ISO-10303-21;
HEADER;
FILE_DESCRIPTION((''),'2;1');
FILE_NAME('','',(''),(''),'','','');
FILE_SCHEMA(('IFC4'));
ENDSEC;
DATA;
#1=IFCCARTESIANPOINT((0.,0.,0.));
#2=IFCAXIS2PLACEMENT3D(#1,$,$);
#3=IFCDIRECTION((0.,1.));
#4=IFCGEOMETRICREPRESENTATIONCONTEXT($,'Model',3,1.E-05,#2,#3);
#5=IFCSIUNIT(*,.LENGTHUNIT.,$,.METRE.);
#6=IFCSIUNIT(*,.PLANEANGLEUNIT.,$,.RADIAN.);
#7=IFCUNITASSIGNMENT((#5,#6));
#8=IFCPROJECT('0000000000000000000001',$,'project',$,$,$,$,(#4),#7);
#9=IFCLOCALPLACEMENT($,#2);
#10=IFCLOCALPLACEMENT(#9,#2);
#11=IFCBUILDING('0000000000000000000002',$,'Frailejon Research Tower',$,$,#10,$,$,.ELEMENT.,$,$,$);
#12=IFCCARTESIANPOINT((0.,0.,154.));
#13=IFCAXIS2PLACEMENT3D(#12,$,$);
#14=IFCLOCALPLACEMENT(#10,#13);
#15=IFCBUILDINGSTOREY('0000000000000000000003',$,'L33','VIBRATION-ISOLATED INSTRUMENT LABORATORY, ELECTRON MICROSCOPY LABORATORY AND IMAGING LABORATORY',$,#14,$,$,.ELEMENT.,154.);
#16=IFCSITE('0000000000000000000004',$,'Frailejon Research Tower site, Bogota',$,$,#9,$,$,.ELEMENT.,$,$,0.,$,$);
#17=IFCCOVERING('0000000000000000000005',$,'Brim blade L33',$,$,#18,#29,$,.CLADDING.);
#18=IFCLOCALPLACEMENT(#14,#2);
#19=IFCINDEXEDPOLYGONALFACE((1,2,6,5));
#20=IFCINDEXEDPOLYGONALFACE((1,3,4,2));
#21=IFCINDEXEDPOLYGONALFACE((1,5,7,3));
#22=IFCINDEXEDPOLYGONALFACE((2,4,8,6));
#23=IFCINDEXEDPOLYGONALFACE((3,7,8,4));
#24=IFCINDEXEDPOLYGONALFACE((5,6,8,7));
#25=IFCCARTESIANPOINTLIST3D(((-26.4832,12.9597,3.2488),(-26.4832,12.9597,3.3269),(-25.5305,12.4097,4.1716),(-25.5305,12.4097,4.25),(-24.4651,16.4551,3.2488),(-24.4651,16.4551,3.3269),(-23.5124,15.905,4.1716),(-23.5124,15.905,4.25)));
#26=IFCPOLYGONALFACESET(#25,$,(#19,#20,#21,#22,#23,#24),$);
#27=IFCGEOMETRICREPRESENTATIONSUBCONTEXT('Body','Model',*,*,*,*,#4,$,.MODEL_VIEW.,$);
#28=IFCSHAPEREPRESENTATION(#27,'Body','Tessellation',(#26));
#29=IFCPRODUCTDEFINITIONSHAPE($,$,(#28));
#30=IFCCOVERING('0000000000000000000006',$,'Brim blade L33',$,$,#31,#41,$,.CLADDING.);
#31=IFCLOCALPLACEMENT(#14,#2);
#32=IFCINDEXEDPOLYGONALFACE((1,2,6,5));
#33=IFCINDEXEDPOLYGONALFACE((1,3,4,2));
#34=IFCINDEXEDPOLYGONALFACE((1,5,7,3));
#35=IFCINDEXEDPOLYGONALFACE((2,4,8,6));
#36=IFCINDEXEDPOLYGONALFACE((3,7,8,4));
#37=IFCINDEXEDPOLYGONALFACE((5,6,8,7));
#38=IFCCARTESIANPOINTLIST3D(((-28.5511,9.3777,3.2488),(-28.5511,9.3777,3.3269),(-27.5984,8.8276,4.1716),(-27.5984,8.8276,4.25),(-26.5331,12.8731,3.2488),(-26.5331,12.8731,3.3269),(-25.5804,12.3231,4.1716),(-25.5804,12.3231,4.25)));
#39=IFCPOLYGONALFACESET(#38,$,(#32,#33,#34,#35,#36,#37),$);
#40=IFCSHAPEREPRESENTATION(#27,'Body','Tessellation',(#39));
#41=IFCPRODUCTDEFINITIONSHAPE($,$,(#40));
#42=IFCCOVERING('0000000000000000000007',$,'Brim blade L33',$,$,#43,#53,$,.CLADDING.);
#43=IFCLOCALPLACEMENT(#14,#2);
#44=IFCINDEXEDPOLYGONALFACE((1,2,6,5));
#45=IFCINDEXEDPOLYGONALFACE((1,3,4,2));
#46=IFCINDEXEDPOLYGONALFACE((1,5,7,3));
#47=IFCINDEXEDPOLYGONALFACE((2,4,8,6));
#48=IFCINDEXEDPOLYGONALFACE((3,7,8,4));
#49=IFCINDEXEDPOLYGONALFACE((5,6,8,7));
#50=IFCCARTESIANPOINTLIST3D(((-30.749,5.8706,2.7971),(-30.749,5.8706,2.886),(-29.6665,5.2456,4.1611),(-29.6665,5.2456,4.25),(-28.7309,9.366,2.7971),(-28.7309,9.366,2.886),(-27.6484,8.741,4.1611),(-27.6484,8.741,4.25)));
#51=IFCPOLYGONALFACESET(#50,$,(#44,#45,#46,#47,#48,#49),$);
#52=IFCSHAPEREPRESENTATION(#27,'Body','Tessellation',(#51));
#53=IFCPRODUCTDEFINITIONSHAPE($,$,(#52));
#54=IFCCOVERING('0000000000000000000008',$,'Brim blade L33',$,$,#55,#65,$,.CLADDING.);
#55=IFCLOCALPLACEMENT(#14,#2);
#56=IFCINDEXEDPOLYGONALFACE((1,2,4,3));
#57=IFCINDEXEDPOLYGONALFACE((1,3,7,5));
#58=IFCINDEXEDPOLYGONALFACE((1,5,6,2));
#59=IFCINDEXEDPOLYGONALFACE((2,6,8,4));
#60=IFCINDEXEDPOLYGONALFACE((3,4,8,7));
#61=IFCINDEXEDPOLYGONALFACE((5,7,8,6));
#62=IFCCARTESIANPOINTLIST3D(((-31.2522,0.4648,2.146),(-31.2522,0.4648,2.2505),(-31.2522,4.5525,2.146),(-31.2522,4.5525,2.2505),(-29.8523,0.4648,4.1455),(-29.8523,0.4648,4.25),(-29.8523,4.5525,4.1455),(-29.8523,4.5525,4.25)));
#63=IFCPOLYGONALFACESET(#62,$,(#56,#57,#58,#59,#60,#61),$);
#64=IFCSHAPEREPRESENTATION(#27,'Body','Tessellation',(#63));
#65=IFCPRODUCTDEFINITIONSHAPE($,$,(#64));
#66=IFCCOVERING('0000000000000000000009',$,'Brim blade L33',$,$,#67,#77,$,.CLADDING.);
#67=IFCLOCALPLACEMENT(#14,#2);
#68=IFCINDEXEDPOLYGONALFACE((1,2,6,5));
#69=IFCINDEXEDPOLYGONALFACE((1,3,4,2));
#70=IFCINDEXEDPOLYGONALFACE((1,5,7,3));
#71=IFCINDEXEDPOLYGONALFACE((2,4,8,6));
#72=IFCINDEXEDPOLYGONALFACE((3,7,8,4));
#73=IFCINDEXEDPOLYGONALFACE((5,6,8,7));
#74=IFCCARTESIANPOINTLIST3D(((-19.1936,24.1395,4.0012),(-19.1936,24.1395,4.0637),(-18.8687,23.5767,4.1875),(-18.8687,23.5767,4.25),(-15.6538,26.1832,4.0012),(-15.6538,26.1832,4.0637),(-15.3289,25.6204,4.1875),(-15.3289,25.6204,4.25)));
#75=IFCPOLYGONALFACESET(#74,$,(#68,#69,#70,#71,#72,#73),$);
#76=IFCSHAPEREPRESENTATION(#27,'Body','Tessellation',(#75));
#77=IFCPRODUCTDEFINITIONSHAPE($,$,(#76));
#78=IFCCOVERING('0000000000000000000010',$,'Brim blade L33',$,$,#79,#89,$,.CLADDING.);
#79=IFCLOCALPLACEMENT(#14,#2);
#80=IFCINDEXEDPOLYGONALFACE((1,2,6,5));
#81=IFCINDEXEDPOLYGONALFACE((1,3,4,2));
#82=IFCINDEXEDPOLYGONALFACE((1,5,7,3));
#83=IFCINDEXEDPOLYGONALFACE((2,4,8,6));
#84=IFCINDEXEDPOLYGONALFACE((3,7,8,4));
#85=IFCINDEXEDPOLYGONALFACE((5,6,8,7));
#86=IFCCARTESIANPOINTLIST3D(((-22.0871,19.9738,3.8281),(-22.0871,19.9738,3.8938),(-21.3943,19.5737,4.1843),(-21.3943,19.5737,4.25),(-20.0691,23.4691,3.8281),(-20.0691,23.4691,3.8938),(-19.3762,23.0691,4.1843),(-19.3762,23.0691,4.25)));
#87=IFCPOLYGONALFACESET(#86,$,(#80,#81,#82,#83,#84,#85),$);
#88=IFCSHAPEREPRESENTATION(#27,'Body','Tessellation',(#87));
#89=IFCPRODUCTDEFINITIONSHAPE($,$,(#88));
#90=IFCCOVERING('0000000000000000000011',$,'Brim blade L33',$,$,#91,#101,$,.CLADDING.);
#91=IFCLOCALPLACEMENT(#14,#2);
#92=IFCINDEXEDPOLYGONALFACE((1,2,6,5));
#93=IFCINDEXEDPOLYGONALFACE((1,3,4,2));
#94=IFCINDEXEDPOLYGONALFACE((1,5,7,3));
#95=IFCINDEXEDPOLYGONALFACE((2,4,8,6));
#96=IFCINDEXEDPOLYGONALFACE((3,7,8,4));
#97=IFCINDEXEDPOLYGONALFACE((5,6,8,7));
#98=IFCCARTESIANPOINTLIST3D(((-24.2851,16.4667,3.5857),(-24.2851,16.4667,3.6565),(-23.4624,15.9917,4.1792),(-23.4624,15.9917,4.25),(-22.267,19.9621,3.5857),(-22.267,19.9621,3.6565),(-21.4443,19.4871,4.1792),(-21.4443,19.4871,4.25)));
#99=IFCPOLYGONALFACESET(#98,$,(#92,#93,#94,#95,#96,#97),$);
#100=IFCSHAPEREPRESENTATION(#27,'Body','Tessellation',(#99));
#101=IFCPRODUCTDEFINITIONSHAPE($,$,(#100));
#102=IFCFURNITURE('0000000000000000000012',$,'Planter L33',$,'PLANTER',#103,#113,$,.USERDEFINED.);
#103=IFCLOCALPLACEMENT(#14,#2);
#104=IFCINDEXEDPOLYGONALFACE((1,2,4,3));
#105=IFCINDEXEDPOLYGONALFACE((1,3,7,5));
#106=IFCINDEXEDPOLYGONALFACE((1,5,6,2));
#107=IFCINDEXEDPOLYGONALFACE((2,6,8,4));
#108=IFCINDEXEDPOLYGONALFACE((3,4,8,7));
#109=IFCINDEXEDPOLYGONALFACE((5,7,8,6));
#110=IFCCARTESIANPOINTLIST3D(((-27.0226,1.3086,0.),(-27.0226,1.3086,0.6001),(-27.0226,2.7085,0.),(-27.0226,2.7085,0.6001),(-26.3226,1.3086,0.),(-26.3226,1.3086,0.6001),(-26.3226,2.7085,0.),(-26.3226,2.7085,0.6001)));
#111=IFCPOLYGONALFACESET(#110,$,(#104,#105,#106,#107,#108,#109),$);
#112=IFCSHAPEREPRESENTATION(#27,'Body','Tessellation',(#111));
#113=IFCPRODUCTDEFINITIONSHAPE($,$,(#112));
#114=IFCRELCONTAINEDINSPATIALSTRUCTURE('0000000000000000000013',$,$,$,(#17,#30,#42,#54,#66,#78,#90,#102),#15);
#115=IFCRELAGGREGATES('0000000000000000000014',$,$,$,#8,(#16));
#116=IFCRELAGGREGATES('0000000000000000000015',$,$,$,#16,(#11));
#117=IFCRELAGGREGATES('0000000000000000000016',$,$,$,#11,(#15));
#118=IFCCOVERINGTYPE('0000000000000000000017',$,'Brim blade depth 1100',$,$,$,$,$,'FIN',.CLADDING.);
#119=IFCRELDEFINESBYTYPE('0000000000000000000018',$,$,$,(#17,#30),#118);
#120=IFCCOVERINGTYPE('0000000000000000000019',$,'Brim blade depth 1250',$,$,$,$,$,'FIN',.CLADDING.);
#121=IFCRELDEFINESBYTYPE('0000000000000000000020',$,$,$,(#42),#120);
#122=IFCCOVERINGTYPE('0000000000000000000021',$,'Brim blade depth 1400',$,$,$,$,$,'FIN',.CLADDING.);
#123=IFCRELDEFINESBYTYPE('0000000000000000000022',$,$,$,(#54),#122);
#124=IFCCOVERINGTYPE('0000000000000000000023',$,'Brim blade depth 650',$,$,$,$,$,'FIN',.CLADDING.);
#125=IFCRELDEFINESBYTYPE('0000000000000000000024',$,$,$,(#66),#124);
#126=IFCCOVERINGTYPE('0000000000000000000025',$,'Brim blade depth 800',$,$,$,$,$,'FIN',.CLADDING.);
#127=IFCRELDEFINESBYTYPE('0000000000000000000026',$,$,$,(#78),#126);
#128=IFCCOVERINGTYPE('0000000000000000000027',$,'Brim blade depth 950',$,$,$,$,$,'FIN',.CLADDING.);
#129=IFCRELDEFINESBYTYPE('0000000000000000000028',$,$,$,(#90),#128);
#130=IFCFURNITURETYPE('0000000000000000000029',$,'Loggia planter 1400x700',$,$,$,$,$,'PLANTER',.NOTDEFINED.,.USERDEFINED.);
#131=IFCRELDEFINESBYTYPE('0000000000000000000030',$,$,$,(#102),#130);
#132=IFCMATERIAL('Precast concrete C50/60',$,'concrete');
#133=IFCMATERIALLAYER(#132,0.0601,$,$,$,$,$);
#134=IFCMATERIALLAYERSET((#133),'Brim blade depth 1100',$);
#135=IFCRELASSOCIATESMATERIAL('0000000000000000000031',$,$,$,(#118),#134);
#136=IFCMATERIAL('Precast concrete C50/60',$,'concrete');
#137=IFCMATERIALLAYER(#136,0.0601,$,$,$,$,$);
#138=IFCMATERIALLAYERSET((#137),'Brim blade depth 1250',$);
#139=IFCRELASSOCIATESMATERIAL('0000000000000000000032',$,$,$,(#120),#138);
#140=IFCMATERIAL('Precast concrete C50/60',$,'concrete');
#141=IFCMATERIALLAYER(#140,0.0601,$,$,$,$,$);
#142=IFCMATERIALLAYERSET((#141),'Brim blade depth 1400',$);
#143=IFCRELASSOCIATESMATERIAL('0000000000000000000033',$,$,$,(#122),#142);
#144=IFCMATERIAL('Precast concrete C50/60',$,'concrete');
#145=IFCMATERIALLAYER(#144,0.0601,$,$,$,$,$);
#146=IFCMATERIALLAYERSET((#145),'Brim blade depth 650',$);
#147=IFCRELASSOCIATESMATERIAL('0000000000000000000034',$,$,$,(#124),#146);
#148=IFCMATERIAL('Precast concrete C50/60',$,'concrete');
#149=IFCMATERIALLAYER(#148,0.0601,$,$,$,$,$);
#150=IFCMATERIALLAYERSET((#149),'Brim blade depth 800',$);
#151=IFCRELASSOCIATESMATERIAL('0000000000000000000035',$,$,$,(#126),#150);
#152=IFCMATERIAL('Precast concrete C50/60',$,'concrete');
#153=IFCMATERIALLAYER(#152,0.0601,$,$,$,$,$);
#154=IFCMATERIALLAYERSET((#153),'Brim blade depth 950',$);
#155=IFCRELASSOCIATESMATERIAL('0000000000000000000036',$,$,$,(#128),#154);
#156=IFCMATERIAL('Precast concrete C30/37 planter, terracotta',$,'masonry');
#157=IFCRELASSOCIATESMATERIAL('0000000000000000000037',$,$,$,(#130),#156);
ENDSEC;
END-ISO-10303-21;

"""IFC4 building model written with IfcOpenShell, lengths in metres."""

from ifc_helpers import new_model, si_unit, direction, frame, origin, origin_2d, place, context, subcontext, project, spatial, polyline, rectangle, outline, extrude, material, layer, layer_set, type_object, element, save


model = new_model("IFC4")

# Units and contexts
model_context = context("Model", 3, precision=1e-05, world=origin(), true_north=direction((0.0, 1.0)))
body_context = subcontext(model_context, "Body", "Model", "MODEL_VIEW")
ifc_project = project(units=[si_unit("LENGTHUNIT", "METRE"), si_unit("PLANEANGLEUNIT", "RADIAN")], contexts=[model_context])

# Site, building, storey
site_placement = place(None, origin())
site = spatial("IfcSite", under=ifc_project, at=site_placement, Name="Frailejon Research Tower site, Bogota", CompositionType="ELEMENT", RefElevation=0.0)
building_placement = place(site_placement, origin())
building = spatial("IfcBuilding", under=site, at=building_placement, Name="Frailejon Research Tower", CompositionType="ELEMENT")
storey_placement = place(building_placement, frame((0.0, 0.0, 154.0)))
storey = spatial("IfcBuildingStorey", under=building, at=storey_placement, Name="L33", Description="VIBRATION-ISOLATED INSTRUMENT LABORATORY, ELECTRON MICROSCOPY LABORATORY AND IMAGING LABORATORY", CompositionType="ELEMENT", Elevation=154.0)

# Coverings
ifc_material_1 = material(Name="Precast concrete C50/60", Category="concrete")
ifc_layer_1 = layer(ifc_material_1, 0.0601)
ifc_layer_set_1 = layer_set([ifc_layer_1], Name="Brim blade depth 1100")
covering_type_1 = type_object("IfcCoveringType", Name="Brim blade depth 1100", ElementType="FIN", PredefinedType="CLADDING", material=ifc_layer_set_1)
for number, where, z_axis, x_axis, name in (
    (1, (-25.5305, 12.4097, 4.25), (0.500006, 0.866022, 0.0), (-0.866022, 0.500006, 0.0), "Brim blade L33"),
    (2, (-27.5984, 8.8276, 4.25), (0.499988, 0.866033, 0.0), (-0.866033, 0.499988, 0.0), "Brim blade L33"),
):
    element("IfcCovering", number, at=place(storey_placement, frame(where, z_axis=z_axis, x_axis=x_axis)), inside=storey, type_object=covering_type_1, Name=name, PredefinedType="CLADDING", context=body_context, shape_type="SweptSolid", body=[
        extrude(outline(polyline([(0.0, -0.0784), (1.1001, -1.0012), (1.1001, -0.9231), (0.0, 0.0), (0.0, -0.0784)])), origin(), (0.0, 0.0, 1.0), 4.0361),
    ])
ifc_material_2 = material(Name="Precast concrete C50/60", Category="concrete")
ifc_layer_2 = layer(ifc_material_2, 0.0601)
ifc_layer_set_2 = layer_set([ifc_layer_2], Name="Brim blade depth 1250")
covering_type_2 = type_object("IfcCoveringType", Name="Brim blade depth 1250", ElementType="FIN", PredefinedType="CLADDING", material=ifc_layer_set_2)
covering_1_placement = place(storey_placement, frame((-29.6665, 5.2456, 4.25), z_axis=(0.500006, 0.866022, 0.0), x_axis=(-0.866022, 0.500006, 0.0)))
element("IfcCovering", 3, at=covering_1_placement, inside=storey, type_object=covering_type_2, Name="Brim blade L33", PredefinedType="CLADDING", context=body_context, shape_type="SweptSolid", body=[
    extrude(outline(polyline([(0.0, -0.0889), (1.25, -1.4529), (1.25, -1.364), (0.0, 0.0), (0.0, -0.0889)])), origin(), (0.0, 0.0, 1.0), 4.0361),
])
ifc_material_3 = material(Name="Precast concrete C50/60", Category="concrete")
ifc_layer_3 = layer(ifc_material_3, 0.0601)
ifc_layer_set_3 = layer_set([ifc_layer_3], Name="Brim blade depth 1400")
covering_type_3 = type_object("IfcCoveringType", Name="Brim blade depth 1400", ElementType="FIN", PredefinedType="CLADDING", material=ifc_layer_set_3)
covering_2_placement = place(storey_placement, frame((-29.8523, 0.4648, 4.25), z_axis=(0.0, 1.0, 0.0), x_axis=(-1.0, 0.0, 0.0)))
element("IfcCovering", 4, at=covering_2_placement, inside=storey, type_object=covering_type_3, Name="Brim blade L33", PredefinedType="CLADDING", context=body_context, shape_type="SweptSolid", body=[
    extrude(outline(polyline([(0.0, -0.1045), (1.3999, -2.104), (1.3999, -1.9995), (0.0, 0.0), (0.0, -0.1045)])), origin(), (0.0, 0.0, 1.0), 4.0876),
])
ifc_material_4 = material(Name="Precast concrete C50/60", Category="concrete")
ifc_layer_4 = layer(ifc_material_4, 0.0601)
ifc_layer_set_4 = layer_set([ifc_layer_4], Name="Brim blade depth 650")
covering_type_4 = type_object("IfcCoveringType", Name="Brim blade depth 650", ElementType="FIN", PredefinedType="CLADDING", material=ifc_layer_set_4)
covering_3_placement = place(storey_placement, frame((-18.8687, 23.5767, 4.25), z_axis=(0.866021, 0.500007, 0.0), x_axis=(-0.500007, 0.866021, 0.0)))
element("IfcCovering", 5, at=covering_3_placement, inside=storey, type_object=covering_type_4, Name="Brim blade L33", PredefinedType="CLADDING", context=body_context, shape_type="SweptSolid", body=[
    extrude(outline(polyline([(0.0, -0.0625), (0.6499, -0.2488), (0.6499, -0.1863), (0.0, 0.0), (0.0, -0.0625)])), origin(), (0.0, 0.0, 1.0), 4.0874),
])
ifc_material_5 = material(Name="Precast concrete C50/60", Category="concrete")
ifc_layer_5 = layer(ifc_material_5, 0.0601)
ifc_layer_set_5 = layer_set([ifc_layer_5], Name="Brim blade depth 800")
covering_type_5 = type_object("IfcCoveringType", Name="Brim blade depth 800", ElementType="FIN", PredefinedType="CLADDING", material=ifc_layer_set_5)
covering_4_placement = place(storey_placement, frame((-21.3943, 19.5737, 4.25), z_axis=(0.500006, 0.866022, 0.0), x_axis=(-0.866022, 0.500006, 0.0)))
element("IfcCovering", 6, at=covering_4_placement, inside=storey, type_object=covering_type_5, Name="Brim blade L33", PredefinedType="CLADDING", context=body_context, shape_type="SweptSolid", body=[
    extrude(outline(polyline([(0.0, -0.0657), (0.8, -0.4219), (0.8, -0.3562), (0.0, 0.0), (0.0, -0.0657)])), origin(), (0.0, 0.0, 1.0), 4.0361),
])
ifc_material_6 = material(Name="Precast concrete C50/60", Category="concrete")
ifc_layer_6 = layer(ifc_material_6, 0.0601)
ifc_layer_set_6 = layer_set([ifc_layer_6], Name="Brim blade depth 950")
covering_type_6 = type_object("IfcCoveringType", Name="Brim blade depth 950", ElementType="FIN", PredefinedType="CLADDING", material=ifc_layer_set_6)
covering_5_placement = place(storey_placement, frame((-23.4624, 15.9917, 4.25), z_axis=(0.500006, 0.866022, 0.0), x_axis=(-0.866022, 0.500006, 0.0)))
element("IfcCovering", 7, at=covering_5_placement, inside=storey, type_object=covering_type_6, Name="Brim blade L33", PredefinedType="CLADDING", context=body_context, shape_type="SweptSolid", body=[
    extrude(outline(polyline([(0.0, -0.0708), (0.95, -0.6643), (0.95, -0.5935), (0.0, 0.0), (0.0, -0.0708)])), origin(), (0.0, 0.0, 1.0), 4.0361),
])

# Furniture
ifc_material_7 = material(Name="Precast concrete C30/37 planter, terracotta", Category="masonry")
furniture_type = type_object("IfcFurnitureType", Name="Loggia planter 1400x700", ElementType="PLANTER", AssemblyPlace="NOTDEFINED", PredefinedType="USERDEFINED", material=ifc_material_7)
furniture_placement = place(storey_placement, frame((-26.6726, 2.0085, 0.0), z_axis=(0.0, 0.0, 1.0), x_axis=(0.0, -1.0, 0.0)))
element("IfcFurniture", 8, at=furniture_placement, inside=storey, type_object=furniture_type, Name="Planter L33", ObjectType="PLANTER", PredefinedType="USERDEFINED", context=body_context, shape_type="SweptSolid", body=[
    extrude(rectangle(XDim=1.3999, YDim=0.7, at=origin_2d()), origin(), (0.0, 0.0, 1.0), 0.6001),
])

save(model, "model.ifc")
